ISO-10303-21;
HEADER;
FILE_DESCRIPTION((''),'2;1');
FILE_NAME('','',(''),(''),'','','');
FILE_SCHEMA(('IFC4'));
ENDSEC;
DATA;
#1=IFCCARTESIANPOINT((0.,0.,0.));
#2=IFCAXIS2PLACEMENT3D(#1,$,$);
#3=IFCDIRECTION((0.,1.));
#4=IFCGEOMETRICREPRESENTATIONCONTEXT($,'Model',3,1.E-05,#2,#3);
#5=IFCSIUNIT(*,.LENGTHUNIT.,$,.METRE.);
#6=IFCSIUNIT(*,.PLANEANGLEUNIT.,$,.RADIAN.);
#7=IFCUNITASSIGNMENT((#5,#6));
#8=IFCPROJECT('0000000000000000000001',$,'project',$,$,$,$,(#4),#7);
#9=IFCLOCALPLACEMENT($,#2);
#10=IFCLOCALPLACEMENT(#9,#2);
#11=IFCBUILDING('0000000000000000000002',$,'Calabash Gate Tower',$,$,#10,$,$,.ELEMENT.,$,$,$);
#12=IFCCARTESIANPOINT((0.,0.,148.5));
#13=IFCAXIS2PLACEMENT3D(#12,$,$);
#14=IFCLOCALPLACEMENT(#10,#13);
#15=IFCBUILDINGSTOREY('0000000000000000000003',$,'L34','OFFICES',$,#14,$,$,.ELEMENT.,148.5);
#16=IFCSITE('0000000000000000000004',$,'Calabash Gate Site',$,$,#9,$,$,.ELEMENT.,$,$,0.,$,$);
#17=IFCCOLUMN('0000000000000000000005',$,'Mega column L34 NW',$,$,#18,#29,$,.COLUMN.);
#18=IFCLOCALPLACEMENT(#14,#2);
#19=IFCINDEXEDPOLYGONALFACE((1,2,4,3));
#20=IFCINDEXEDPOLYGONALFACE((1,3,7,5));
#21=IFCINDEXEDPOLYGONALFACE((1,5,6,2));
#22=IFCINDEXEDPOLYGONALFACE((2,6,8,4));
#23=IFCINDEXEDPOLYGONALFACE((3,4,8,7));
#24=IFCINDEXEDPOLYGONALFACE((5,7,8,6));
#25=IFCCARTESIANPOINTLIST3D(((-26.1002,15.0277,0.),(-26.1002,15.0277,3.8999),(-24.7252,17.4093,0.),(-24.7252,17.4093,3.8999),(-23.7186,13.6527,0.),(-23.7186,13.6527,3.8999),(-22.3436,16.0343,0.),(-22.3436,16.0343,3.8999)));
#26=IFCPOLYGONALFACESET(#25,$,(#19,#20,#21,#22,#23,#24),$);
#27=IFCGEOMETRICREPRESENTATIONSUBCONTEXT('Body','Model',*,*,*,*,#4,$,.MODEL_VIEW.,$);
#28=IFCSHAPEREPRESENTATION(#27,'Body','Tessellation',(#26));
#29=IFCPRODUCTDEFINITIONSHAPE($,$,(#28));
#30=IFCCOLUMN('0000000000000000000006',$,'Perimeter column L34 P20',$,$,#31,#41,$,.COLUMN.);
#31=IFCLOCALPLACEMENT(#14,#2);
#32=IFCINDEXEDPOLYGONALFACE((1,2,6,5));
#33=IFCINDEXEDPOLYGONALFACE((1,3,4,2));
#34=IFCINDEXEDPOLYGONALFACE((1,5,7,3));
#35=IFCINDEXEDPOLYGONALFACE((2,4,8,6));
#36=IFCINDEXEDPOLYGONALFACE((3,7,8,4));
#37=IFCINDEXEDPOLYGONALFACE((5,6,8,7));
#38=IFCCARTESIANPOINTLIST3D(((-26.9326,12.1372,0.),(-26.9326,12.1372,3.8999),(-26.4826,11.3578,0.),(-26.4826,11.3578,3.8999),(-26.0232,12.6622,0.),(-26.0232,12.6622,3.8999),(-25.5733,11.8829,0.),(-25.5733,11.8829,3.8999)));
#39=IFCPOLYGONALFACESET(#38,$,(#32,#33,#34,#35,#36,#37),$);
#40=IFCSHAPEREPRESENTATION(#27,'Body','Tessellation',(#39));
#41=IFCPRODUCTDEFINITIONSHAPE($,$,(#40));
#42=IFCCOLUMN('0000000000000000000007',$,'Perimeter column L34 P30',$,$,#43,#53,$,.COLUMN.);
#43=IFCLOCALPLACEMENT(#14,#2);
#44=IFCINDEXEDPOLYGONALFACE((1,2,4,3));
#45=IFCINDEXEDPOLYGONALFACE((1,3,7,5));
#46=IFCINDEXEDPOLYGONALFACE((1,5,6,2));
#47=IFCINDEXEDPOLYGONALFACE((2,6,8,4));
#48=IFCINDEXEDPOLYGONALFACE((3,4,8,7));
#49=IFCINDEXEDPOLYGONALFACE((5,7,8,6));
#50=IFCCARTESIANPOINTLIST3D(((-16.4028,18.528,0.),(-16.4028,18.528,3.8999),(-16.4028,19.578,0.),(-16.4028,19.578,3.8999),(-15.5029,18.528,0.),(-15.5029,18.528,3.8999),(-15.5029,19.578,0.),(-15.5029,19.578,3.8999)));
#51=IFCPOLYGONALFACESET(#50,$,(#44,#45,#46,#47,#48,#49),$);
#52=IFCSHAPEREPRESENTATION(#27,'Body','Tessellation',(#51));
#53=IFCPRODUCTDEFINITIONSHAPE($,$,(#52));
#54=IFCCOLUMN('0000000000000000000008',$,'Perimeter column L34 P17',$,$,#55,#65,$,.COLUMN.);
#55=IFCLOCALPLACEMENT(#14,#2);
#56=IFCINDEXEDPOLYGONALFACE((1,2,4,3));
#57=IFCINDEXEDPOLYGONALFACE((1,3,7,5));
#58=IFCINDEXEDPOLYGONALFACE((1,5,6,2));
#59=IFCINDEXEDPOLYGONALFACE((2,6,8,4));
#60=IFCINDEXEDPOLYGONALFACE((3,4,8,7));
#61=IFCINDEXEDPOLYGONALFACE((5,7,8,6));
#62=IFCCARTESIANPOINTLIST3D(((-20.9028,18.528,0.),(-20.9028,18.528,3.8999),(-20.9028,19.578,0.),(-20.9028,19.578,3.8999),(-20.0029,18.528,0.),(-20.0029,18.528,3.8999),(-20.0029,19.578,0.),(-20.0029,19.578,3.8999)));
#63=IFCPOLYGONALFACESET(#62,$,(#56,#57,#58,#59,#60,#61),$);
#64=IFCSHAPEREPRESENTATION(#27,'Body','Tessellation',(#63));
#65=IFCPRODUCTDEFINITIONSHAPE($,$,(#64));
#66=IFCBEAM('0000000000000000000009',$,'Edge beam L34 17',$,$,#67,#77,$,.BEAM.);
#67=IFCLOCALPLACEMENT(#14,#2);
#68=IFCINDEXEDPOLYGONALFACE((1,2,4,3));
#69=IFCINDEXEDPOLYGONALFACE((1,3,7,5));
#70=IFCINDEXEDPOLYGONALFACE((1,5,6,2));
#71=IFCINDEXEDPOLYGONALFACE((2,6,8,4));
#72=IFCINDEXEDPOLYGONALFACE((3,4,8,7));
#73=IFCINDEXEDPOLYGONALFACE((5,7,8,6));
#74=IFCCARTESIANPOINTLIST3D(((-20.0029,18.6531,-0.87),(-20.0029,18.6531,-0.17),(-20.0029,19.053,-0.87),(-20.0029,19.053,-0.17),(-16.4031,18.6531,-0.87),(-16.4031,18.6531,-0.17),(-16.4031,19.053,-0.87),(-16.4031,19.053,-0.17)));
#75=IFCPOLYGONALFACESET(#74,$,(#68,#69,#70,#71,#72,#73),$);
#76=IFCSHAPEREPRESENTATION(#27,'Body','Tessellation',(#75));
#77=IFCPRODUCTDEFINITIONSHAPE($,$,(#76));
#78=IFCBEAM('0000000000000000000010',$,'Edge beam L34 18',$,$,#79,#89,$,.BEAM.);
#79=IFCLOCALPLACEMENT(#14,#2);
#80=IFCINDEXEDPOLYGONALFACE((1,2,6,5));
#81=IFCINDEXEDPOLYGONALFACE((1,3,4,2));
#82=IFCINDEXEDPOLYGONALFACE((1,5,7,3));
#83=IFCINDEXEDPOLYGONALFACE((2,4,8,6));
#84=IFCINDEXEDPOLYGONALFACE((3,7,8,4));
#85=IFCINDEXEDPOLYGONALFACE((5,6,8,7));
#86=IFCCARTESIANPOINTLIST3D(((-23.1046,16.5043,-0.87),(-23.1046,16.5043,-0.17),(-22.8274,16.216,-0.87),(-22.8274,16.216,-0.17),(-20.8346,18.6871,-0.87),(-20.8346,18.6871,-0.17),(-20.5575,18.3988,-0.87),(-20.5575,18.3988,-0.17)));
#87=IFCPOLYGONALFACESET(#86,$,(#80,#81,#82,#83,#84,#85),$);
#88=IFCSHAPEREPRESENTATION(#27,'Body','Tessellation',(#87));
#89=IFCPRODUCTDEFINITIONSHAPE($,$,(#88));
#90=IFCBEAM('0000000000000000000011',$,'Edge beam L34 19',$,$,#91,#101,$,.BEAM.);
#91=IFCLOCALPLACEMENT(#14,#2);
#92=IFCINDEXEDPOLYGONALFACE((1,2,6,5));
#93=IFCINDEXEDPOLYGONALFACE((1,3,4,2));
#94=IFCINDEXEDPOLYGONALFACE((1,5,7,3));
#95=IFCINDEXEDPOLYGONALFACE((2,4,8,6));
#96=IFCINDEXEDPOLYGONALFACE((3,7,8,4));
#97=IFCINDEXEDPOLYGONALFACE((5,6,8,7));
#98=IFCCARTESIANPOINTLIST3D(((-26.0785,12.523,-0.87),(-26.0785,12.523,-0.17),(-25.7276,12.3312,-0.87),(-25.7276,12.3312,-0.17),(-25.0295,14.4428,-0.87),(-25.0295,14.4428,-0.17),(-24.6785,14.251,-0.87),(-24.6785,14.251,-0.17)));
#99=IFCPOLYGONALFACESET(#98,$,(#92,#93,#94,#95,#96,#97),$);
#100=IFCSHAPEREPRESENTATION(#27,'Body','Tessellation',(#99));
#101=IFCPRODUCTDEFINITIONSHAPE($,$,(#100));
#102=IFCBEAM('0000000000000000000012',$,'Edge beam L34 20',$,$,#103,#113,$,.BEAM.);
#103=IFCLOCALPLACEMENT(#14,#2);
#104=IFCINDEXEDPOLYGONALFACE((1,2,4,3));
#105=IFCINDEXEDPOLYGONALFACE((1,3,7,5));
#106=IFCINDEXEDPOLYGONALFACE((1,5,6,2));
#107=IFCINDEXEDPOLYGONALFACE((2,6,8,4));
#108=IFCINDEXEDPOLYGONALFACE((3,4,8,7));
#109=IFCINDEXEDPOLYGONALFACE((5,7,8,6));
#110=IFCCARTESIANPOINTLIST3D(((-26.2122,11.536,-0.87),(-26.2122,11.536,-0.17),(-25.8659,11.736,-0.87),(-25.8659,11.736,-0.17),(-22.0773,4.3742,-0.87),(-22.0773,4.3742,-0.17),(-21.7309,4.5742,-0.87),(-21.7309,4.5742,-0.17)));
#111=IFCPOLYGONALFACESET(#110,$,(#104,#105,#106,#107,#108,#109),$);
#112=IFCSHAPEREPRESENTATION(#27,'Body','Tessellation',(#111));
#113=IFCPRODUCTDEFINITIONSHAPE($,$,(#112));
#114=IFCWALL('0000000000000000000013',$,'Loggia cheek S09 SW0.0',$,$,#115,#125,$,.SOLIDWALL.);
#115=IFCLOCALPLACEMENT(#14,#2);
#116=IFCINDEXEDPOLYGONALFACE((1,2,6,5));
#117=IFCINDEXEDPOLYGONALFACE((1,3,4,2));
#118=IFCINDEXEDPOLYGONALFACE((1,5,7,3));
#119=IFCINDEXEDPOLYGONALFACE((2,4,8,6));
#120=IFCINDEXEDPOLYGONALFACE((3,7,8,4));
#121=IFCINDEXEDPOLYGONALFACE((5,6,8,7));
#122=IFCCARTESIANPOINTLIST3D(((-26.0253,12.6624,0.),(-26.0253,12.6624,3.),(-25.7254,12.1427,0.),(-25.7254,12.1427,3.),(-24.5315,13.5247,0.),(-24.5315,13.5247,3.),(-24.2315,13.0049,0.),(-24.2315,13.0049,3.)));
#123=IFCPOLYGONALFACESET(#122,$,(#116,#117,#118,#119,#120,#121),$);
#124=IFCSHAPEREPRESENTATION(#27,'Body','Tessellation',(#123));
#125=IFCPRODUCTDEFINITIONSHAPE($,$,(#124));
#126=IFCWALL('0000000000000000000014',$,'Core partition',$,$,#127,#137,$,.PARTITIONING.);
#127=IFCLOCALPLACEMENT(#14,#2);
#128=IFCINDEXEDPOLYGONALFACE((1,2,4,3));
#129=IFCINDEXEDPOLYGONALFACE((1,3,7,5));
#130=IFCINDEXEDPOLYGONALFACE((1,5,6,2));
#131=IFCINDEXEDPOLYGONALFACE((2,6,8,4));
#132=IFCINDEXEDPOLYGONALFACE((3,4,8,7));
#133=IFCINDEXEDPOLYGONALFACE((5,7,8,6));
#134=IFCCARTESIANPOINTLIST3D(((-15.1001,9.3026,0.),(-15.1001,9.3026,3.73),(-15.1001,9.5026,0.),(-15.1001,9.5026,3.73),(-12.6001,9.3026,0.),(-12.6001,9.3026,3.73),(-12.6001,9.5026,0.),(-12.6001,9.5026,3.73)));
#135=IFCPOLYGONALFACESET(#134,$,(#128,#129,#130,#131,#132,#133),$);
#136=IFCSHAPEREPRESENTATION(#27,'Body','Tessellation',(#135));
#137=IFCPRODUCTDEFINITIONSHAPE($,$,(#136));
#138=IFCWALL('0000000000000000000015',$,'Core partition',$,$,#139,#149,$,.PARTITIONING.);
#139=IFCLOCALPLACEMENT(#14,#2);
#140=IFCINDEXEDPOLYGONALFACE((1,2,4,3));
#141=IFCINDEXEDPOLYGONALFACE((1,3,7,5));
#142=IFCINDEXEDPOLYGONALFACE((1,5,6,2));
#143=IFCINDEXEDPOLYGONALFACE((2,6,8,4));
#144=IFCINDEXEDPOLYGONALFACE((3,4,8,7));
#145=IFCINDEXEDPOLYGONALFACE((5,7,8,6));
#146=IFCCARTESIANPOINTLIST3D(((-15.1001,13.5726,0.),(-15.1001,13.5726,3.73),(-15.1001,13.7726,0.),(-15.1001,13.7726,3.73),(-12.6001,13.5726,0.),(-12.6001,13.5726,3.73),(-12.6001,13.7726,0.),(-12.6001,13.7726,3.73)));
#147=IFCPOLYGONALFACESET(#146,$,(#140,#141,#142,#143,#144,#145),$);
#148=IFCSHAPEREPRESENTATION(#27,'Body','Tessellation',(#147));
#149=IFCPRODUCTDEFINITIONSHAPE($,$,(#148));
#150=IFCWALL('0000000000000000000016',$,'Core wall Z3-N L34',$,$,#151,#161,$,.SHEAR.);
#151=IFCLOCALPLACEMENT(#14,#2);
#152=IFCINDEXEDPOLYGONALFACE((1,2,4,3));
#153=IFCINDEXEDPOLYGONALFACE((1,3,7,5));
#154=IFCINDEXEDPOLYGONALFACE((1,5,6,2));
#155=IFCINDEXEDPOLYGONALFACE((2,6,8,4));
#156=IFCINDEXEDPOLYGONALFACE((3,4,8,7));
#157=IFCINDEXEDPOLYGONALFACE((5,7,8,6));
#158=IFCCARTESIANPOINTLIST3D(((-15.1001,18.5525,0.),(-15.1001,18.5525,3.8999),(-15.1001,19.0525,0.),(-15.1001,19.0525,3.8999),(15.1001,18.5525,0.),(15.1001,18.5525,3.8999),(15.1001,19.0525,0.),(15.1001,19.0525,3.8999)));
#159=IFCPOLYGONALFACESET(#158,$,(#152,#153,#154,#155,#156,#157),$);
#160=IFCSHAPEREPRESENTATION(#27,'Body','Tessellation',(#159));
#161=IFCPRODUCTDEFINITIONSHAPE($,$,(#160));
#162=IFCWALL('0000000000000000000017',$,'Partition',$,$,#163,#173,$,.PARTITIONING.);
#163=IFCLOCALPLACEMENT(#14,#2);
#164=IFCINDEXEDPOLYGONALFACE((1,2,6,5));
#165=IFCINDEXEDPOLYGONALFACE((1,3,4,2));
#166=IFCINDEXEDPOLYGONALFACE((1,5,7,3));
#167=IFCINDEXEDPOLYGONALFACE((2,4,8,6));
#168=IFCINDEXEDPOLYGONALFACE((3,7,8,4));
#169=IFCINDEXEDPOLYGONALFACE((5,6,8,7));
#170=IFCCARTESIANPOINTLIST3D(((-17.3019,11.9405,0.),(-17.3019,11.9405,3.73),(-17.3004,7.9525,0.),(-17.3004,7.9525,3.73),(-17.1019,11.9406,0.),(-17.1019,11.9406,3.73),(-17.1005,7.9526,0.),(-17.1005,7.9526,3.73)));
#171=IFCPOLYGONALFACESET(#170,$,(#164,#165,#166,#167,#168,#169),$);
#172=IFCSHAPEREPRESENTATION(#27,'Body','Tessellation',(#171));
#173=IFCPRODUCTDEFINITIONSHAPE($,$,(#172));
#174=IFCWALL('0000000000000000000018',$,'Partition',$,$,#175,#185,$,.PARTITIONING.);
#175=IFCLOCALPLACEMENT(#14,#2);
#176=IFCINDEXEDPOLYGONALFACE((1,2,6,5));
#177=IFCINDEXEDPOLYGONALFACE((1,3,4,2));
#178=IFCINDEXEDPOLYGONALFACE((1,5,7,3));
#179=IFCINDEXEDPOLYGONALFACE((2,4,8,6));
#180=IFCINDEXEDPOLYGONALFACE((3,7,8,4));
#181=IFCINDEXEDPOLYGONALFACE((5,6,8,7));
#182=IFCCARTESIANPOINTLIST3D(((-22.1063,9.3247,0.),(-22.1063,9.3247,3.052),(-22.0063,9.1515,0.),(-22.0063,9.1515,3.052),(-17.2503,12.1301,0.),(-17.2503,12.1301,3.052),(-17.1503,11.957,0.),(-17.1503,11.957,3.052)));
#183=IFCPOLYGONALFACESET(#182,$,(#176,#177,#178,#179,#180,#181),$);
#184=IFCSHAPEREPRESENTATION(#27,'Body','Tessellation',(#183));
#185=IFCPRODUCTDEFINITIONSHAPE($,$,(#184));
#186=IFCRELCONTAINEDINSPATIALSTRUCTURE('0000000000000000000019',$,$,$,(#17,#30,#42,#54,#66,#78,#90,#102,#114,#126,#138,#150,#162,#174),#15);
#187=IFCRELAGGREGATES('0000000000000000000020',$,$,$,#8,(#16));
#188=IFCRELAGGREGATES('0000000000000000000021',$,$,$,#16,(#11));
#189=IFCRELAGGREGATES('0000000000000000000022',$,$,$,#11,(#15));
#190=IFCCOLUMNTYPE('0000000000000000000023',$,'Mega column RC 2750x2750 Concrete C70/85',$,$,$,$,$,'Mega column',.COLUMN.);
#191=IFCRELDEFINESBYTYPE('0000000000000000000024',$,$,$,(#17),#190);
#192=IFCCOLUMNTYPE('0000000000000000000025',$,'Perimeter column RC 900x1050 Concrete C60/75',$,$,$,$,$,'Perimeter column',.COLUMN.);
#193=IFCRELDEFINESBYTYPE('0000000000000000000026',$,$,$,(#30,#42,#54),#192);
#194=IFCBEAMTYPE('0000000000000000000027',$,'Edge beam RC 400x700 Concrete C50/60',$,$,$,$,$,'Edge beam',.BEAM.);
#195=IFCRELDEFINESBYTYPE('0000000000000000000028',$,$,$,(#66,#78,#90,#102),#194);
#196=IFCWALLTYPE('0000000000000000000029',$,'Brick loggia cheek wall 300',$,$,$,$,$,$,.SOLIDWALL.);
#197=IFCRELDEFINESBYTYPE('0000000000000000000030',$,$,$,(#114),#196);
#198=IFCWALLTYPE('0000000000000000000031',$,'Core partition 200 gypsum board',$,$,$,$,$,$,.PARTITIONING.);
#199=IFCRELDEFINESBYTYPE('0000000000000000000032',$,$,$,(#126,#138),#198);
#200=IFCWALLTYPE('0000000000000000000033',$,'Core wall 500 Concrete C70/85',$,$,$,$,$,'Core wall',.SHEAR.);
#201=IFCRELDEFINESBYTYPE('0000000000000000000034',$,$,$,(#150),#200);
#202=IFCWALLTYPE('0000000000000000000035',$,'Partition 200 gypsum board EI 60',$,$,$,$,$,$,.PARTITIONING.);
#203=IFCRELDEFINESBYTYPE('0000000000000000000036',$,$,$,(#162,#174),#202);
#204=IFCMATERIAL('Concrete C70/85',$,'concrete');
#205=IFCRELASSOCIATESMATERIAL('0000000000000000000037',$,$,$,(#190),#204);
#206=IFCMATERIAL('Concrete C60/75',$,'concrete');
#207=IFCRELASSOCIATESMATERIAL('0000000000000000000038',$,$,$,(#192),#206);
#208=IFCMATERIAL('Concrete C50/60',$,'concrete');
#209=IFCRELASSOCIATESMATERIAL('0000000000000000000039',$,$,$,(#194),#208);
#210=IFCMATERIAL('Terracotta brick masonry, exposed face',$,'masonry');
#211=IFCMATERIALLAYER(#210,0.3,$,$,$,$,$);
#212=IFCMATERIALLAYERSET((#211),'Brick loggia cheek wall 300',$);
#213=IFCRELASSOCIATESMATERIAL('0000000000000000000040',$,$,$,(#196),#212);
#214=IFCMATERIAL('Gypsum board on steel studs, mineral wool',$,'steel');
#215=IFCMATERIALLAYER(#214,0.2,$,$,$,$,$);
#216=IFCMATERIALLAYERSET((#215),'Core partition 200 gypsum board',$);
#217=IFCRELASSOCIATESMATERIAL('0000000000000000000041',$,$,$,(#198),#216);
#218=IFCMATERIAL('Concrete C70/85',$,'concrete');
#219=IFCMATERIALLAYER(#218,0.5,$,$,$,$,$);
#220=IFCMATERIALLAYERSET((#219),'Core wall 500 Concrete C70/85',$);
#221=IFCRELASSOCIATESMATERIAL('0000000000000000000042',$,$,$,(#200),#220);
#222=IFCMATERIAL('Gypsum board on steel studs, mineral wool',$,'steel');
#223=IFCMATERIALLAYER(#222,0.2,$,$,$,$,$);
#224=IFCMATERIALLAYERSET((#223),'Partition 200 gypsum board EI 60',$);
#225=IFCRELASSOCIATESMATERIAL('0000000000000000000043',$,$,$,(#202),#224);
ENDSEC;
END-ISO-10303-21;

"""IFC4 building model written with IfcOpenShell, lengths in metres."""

from ifc_helpers import new_model, si_unit, direction, frame, frame_2d, origin, origin_2d, place, context, subcontext, project, spatial, rectangle, extrude, material, layer, layer_set, material_profile, profile_set, type_object, element, save


model = new_model("IFC4")

# Units and contexts
model_context = context("Model", 3, precision=1e-05, world=origin(), true_north=direction((0.0, 1.0)))
body_context = subcontext(model_context, "Body", "Model", "MODEL_VIEW")
ifc_project = project(units=[si_unit("LENGTHUNIT", "METRE"), si_unit("PLANEANGLEUNIT", "RADIAN")], contexts=[model_context])

# Site, building, storey
site_placement = place(None, origin())
site = spatial("IfcSite", under=ifc_project, at=site_placement, Name="Calabash Gate Site", CompositionType="ELEMENT", RefElevation=0.0)
building_placement = place(site_placement, origin())
building = spatial("IfcBuilding", under=site, at=building_placement, Name="Calabash Gate Tower", CompositionType="ELEMENT")
storey_placement = place(building_placement, frame((0.0, 0.0, 148.5)))
storey = spatial("IfcBuildingStorey", under=building, at=storey_placement, Name="L34", Description="OFFICES", CompositionType="ELEMENT", Elevation=148.5)

# Columns
ifc_material_1 = material(Name="Concrete C70/85", Category="concrete")
ifc_material_profile_1 = material_profile(ifc_material_1, rectangle(XDim=2.75, YDim=2.75, at=origin_2d()))
ifc_profile_set_1 = profile_set([ifc_material_profile_1], Name="Concrete C70/85")
column_type_1 = type_object("IfcColumnType", Name="Mega column RC 2750x2750 Concrete C70/85", ElementType="Mega column", PredefinedType="COLUMN", material=ifc_profile_set_1)
column_placement = place(storey_placement, frame((-24.2219, 15.531, 0.0), z_axis=(0.0, 0.0, 1.0), x_axis=(0.866025, -0.5, 0.0)))
element("IfcColumn", 1, at=column_placement, inside=storey, type_object=column_type_1, Name="Mega column L34 NW", PredefinedType="COLUMN", context=body_context, shape_type="SweptSolid", body=[
    extrude(rectangle(XDim=2.75, YDim=2.75, at=origin_2d()), origin(), (0.0, 0.0, 1.0), 3.8999),
])
ifc_material_2 = material(Name="Concrete C60/75", Category="concrete")
ifc_material_profile_2 = material_profile(ifc_material_2, rectangle(XDim=0.8999, YDim=1.05, at=origin_2d()))
ifc_profile_set_2 = profile_set([ifc_material_profile_2], Name="Concrete C60/75")
column_type_2 = type_object("IfcColumnType", Name="Perimeter column RC 900x1050 Concrete C60/75", ElementType="Perimeter column", PredefinedType="COLUMN", material=ifc_profile_set_2)
for number, where, z_axis, x_axis, name in (
    (2, (-26.2529, 12.01, 0.0), (0.0, 0.0, 1.0), (0.5, -0.866025, 0.0), "Perimeter column L34 P20"),
    (3, (-15.9529, 19.053, 0.0), (0.0, 0.0, 1.0), (-1.0, 0.0, 0.0), "Perimeter column L34 P30"),
    (4, (-20.4529, 19.053, 0.0), (0.0, 0.0, 1.0), (-1.0, 0.0, 0.0), "Perimeter column L34 P17"),
):
    element("IfcColumn", number, at=place(storey_placement, frame(where, z_axis=z_axis, x_axis=x_axis)), inside=storey, type_object=column_type_2, Name=name, PredefinedType="COLUMN", context=body_context, shape_type="SweptSolid", body=[
        extrude(rectangle(XDim=0.8999, YDim=1.05, at=origin_2d()), origin(), (0.0, 0.0, 1.0), 3.8999),
    ])

# Beams
ifc_material_3 = material(Name="Concrete C50/60", Category="concrete")
ifc_material_profile_3 = material_profile(ifc_material_3, rectangle(XDim=0.3999, YDim=0.7, at=origin_2d()))
ifc_profile_set_3 = profile_set([ifc_material_profile_3], Name="Concrete C50/60")
beam_type = type_object("IfcBeamType", Name="Edge beam RC 400x700 Concrete C50/60", ElementType="Edge beam", PredefinedType="BEAM", material=ifc_profile_set_3)
beam_1_placement = place(storey_placement, frame((-16.4031, 18.853, -0.52), z_axis=(-1.0, 0.0, 0.0), x_axis=(0.0, -1.0, 0.0)))
element("IfcBeam", 5, at=beam_1_placement, inside=storey, type_object=beam_type, Name="Edge beam L34 17", PredefinedType="BEAM", context=body_context, shape_type="SweptSolid", body=[
    extrude(rectangle(XDim=0.3999, YDim=0.7, at=origin_2d()), origin(), (0.0, 0.0, 1.0), 3.5999),
])
beam_2_placement = place(storey_placement, frame((-20.696, 18.543, -0.52), z_axis=(-0.720809, -0.693134, 0.0), x_axis=(0.693134, -0.720809, 0.0)))
element("IfcBeam", 6, at=beam_2_placement, inside=storey, type_object=beam_type, Name="Edge beam L34 18", PredefinedType="BEAM", context=body_context, shape_type="SweptSolid", body=[
    extrude(rectangle(XDim=0.3999, YDim=0.7, at=origin_2d()), origin(), (0.0, 0.0, 1.0), 3.1492),
])
beam_3_placement = place(storey_placement, frame((-24.854, 14.3469, -0.52), z_axis=(-0.479501, -0.877541, 0.0), x_axis=(0.877541, -0.479501, 0.0)))
element("IfcBeam", 7, at=beam_3_placement, inside=storey, type_object=beam_type, Name="Edge beam L34 19", PredefinedType="BEAM", context=body_context, shape_type="SweptSolid", body=[
    extrude(rectangle(XDim=0.3999, YDim=0.7, at=origin_2d()), origin(), (0.0, 0.0, 1.0), 2.1877),
])
beam_4_placement = place(storey_placement, frame((-26.0391, 11.636, -0.52), z_axis=(0.50001, -0.86602, 0.0), x_axis=(0.86602, 0.50001, 0.0)))
element("IfcBeam", 8, at=beam_4_placement, inside=storey, type_object=beam_type, Name="Edge beam L34 20", PredefinedType="BEAM", context=body_context, shape_type="SweptSolid", body=[
    extrude(rectangle(XDim=0.3999, YDim=0.7, at=origin_2d()), origin(), (0.0, 0.0, 1.0), 8.2698),
])

# Walls
ifc_material_4 = material(Name="Terracotta brick masonry, exposed face", Category="masonry")
ifc_layer_1 = layer(ifc_material_4, 0.3)
ifc_layer_set_1 = layer_set([ifc_layer_1], Name="Brick loggia cheek wall 300")
wall_type_1 = type_object("IfcWallType", Name="Brick loggia cheek wall 300", PredefinedType="SOLIDWALL", material=ifc_layer_set_1)
wall_1_placement = place(storey_placement, frame((-25.8752, 12.4026, 0.0), z_axis=(0.0, 0.0, 1.0), x_axis=(0.866075, 0.499914, 0.0)))
element("IfcWall", 9, at=wall_1_placement, inside=storey, type_object=wall_type_1, Name="Loggia cheek S09 SW0.0", PredefinedType="SOLIDWALL", context=body_context, shape_type="SweptSolid", body=[
    extrude(rectangle(XDim=1.7249, YDim=0.6001, at=frame_2d((0.8623, 0.0))), origin(), (0.0, 0.0, 1.0), 3.0),
])
ifc_material_5 = material(Name="Gypsum board on steel studs, mineral wool", Category="steel")
ifc_layer_2 = layer(ifc_material_5, 0.2)
ifc_layer_set_2 = layer_set([ifc_layer_2], Name="Core partition 200 gypsum board")
wall_type_2 = type_object("IfcWallType", Name="Core partition 200 gypsum board", PredefinedType="PARTITIONING", material=ifc_layer_set_2)
for number, where, z_axis, x_axis, name in (
    (10, (-15.1001, 9.4026, 0.0), (0.0, 0.0, 1.0), (1.0, 0.0, 0.0), "Core partition"),
    (11, (-15.1001, 13.6726, 0.0), (0.0, 0.0, 1.0), (1.0, 0.0, 0.0), "Core partition"),
):
    element("IfcWall", number, at=place(storey_placement, frame(where, z_axis=z_axis, x_axis=x_axis)), inside=storey, type_object=wall_type_2, Name=name, PredefinedType="PARTITIONING", context=body_context, shape_type="SweptSolid", body=[
        extrude(rectangle(XDim=2.5, YDim=0.2, at=frame_2d((1.25, 0.0))), origin(), (0.0, 0.0, 1.0), 3.73),
    ])
ifc_material_6 = material(Name="Concrete C70/85", Category="concrete")
ifc_layer_3 = layer(ifc_material_6, 0.5)
ifc_layer_set_3 = layer_set([ifc_layer_3], Name="Core wall 500 Concrete C70/85")
wall_type_3 = type_object("IfcWallType", Name="Core wall 500 Concrete C70/85", ElementType="Core wall", PredefinedType="SHEAR", material=ifc_layer_set_3)
wall_2_placement = place(storey_placement, frame((-15.1001, 18.8025, 0.0), z_axis=(0.0, 0.0, 1.0), x_axis=(1.0, 0.0, 0.0)))
element("IfcWall", 12, at=wall_2_placement, inside=storey, type_object=wall_type_3, Name="Core wall Z3-N L34", PredefinedType="SHEAR", context=body_context, shape_type="SweptSolid", body=[
    extrude(rectangle(XDim=30.2002, YDim=0.5, at=frame_2d((15.1001, 0.0))), origin(), (0.0, 0.0, 1.0), 3.8999),
])
ifc_material_7 = material(Name="Gypsum board on steel studs, mineral wool", Category="steel")
ifc_layer_4 = layer(ifc_material_7, 0.2)
ifc_layer_set_4 = layer_set([ifc_layer_4], Name="Partition 200 gypsum board EI 60")
wall_type_4 = type_object("IfcWallType", Name="Partition 200 gypsum board EI 60", PredefinedType="PARTITIONING", material=ifc_layer_set_4)
wall_3_placement = place(storey_placement, frame((-17.2019, 11.9407, 0.0), z_axis=(0.0, 0.0, 1.0), x_axis=(0.000367, -1.0, 0.0)))
element("IfcWall", 13, at=wall_3_placement, inside=storey, type_object=wall_type_4, Name="Partition", PredefinedType="PARTITIONING", context=body_context, shape_type="SweptSolid", body=[
    extrude(rectangle(XDim=3.988, YDim=0.2, at=frame_2d((1.9941, 0.0))), origin(), (0.0, 0.0, 1.0), 3.73),
])
wall_4_placement = place(storey_placement, frame((-22.0564, 9.238, 0.0), z_axis=(0.0, 0.0, 1.0), x_axis=(0.865884, 0.500245, 0.0)))
element("IfcWall", 14, at=wall_4_placement, inside=storey, type_object=wall_type_4, Name="Partition", PredefinedType="PARTITIONING", context=body_context, shape_type="SweptSolid", body=[
    extrude(rectangle(XDim=5.6082, YDim=0.2, at=frame_2d((2.8042, 0.0))), origin(), (0.0, 0.0, 1.0), 3.052),
])

save(model, "model.ifc")
